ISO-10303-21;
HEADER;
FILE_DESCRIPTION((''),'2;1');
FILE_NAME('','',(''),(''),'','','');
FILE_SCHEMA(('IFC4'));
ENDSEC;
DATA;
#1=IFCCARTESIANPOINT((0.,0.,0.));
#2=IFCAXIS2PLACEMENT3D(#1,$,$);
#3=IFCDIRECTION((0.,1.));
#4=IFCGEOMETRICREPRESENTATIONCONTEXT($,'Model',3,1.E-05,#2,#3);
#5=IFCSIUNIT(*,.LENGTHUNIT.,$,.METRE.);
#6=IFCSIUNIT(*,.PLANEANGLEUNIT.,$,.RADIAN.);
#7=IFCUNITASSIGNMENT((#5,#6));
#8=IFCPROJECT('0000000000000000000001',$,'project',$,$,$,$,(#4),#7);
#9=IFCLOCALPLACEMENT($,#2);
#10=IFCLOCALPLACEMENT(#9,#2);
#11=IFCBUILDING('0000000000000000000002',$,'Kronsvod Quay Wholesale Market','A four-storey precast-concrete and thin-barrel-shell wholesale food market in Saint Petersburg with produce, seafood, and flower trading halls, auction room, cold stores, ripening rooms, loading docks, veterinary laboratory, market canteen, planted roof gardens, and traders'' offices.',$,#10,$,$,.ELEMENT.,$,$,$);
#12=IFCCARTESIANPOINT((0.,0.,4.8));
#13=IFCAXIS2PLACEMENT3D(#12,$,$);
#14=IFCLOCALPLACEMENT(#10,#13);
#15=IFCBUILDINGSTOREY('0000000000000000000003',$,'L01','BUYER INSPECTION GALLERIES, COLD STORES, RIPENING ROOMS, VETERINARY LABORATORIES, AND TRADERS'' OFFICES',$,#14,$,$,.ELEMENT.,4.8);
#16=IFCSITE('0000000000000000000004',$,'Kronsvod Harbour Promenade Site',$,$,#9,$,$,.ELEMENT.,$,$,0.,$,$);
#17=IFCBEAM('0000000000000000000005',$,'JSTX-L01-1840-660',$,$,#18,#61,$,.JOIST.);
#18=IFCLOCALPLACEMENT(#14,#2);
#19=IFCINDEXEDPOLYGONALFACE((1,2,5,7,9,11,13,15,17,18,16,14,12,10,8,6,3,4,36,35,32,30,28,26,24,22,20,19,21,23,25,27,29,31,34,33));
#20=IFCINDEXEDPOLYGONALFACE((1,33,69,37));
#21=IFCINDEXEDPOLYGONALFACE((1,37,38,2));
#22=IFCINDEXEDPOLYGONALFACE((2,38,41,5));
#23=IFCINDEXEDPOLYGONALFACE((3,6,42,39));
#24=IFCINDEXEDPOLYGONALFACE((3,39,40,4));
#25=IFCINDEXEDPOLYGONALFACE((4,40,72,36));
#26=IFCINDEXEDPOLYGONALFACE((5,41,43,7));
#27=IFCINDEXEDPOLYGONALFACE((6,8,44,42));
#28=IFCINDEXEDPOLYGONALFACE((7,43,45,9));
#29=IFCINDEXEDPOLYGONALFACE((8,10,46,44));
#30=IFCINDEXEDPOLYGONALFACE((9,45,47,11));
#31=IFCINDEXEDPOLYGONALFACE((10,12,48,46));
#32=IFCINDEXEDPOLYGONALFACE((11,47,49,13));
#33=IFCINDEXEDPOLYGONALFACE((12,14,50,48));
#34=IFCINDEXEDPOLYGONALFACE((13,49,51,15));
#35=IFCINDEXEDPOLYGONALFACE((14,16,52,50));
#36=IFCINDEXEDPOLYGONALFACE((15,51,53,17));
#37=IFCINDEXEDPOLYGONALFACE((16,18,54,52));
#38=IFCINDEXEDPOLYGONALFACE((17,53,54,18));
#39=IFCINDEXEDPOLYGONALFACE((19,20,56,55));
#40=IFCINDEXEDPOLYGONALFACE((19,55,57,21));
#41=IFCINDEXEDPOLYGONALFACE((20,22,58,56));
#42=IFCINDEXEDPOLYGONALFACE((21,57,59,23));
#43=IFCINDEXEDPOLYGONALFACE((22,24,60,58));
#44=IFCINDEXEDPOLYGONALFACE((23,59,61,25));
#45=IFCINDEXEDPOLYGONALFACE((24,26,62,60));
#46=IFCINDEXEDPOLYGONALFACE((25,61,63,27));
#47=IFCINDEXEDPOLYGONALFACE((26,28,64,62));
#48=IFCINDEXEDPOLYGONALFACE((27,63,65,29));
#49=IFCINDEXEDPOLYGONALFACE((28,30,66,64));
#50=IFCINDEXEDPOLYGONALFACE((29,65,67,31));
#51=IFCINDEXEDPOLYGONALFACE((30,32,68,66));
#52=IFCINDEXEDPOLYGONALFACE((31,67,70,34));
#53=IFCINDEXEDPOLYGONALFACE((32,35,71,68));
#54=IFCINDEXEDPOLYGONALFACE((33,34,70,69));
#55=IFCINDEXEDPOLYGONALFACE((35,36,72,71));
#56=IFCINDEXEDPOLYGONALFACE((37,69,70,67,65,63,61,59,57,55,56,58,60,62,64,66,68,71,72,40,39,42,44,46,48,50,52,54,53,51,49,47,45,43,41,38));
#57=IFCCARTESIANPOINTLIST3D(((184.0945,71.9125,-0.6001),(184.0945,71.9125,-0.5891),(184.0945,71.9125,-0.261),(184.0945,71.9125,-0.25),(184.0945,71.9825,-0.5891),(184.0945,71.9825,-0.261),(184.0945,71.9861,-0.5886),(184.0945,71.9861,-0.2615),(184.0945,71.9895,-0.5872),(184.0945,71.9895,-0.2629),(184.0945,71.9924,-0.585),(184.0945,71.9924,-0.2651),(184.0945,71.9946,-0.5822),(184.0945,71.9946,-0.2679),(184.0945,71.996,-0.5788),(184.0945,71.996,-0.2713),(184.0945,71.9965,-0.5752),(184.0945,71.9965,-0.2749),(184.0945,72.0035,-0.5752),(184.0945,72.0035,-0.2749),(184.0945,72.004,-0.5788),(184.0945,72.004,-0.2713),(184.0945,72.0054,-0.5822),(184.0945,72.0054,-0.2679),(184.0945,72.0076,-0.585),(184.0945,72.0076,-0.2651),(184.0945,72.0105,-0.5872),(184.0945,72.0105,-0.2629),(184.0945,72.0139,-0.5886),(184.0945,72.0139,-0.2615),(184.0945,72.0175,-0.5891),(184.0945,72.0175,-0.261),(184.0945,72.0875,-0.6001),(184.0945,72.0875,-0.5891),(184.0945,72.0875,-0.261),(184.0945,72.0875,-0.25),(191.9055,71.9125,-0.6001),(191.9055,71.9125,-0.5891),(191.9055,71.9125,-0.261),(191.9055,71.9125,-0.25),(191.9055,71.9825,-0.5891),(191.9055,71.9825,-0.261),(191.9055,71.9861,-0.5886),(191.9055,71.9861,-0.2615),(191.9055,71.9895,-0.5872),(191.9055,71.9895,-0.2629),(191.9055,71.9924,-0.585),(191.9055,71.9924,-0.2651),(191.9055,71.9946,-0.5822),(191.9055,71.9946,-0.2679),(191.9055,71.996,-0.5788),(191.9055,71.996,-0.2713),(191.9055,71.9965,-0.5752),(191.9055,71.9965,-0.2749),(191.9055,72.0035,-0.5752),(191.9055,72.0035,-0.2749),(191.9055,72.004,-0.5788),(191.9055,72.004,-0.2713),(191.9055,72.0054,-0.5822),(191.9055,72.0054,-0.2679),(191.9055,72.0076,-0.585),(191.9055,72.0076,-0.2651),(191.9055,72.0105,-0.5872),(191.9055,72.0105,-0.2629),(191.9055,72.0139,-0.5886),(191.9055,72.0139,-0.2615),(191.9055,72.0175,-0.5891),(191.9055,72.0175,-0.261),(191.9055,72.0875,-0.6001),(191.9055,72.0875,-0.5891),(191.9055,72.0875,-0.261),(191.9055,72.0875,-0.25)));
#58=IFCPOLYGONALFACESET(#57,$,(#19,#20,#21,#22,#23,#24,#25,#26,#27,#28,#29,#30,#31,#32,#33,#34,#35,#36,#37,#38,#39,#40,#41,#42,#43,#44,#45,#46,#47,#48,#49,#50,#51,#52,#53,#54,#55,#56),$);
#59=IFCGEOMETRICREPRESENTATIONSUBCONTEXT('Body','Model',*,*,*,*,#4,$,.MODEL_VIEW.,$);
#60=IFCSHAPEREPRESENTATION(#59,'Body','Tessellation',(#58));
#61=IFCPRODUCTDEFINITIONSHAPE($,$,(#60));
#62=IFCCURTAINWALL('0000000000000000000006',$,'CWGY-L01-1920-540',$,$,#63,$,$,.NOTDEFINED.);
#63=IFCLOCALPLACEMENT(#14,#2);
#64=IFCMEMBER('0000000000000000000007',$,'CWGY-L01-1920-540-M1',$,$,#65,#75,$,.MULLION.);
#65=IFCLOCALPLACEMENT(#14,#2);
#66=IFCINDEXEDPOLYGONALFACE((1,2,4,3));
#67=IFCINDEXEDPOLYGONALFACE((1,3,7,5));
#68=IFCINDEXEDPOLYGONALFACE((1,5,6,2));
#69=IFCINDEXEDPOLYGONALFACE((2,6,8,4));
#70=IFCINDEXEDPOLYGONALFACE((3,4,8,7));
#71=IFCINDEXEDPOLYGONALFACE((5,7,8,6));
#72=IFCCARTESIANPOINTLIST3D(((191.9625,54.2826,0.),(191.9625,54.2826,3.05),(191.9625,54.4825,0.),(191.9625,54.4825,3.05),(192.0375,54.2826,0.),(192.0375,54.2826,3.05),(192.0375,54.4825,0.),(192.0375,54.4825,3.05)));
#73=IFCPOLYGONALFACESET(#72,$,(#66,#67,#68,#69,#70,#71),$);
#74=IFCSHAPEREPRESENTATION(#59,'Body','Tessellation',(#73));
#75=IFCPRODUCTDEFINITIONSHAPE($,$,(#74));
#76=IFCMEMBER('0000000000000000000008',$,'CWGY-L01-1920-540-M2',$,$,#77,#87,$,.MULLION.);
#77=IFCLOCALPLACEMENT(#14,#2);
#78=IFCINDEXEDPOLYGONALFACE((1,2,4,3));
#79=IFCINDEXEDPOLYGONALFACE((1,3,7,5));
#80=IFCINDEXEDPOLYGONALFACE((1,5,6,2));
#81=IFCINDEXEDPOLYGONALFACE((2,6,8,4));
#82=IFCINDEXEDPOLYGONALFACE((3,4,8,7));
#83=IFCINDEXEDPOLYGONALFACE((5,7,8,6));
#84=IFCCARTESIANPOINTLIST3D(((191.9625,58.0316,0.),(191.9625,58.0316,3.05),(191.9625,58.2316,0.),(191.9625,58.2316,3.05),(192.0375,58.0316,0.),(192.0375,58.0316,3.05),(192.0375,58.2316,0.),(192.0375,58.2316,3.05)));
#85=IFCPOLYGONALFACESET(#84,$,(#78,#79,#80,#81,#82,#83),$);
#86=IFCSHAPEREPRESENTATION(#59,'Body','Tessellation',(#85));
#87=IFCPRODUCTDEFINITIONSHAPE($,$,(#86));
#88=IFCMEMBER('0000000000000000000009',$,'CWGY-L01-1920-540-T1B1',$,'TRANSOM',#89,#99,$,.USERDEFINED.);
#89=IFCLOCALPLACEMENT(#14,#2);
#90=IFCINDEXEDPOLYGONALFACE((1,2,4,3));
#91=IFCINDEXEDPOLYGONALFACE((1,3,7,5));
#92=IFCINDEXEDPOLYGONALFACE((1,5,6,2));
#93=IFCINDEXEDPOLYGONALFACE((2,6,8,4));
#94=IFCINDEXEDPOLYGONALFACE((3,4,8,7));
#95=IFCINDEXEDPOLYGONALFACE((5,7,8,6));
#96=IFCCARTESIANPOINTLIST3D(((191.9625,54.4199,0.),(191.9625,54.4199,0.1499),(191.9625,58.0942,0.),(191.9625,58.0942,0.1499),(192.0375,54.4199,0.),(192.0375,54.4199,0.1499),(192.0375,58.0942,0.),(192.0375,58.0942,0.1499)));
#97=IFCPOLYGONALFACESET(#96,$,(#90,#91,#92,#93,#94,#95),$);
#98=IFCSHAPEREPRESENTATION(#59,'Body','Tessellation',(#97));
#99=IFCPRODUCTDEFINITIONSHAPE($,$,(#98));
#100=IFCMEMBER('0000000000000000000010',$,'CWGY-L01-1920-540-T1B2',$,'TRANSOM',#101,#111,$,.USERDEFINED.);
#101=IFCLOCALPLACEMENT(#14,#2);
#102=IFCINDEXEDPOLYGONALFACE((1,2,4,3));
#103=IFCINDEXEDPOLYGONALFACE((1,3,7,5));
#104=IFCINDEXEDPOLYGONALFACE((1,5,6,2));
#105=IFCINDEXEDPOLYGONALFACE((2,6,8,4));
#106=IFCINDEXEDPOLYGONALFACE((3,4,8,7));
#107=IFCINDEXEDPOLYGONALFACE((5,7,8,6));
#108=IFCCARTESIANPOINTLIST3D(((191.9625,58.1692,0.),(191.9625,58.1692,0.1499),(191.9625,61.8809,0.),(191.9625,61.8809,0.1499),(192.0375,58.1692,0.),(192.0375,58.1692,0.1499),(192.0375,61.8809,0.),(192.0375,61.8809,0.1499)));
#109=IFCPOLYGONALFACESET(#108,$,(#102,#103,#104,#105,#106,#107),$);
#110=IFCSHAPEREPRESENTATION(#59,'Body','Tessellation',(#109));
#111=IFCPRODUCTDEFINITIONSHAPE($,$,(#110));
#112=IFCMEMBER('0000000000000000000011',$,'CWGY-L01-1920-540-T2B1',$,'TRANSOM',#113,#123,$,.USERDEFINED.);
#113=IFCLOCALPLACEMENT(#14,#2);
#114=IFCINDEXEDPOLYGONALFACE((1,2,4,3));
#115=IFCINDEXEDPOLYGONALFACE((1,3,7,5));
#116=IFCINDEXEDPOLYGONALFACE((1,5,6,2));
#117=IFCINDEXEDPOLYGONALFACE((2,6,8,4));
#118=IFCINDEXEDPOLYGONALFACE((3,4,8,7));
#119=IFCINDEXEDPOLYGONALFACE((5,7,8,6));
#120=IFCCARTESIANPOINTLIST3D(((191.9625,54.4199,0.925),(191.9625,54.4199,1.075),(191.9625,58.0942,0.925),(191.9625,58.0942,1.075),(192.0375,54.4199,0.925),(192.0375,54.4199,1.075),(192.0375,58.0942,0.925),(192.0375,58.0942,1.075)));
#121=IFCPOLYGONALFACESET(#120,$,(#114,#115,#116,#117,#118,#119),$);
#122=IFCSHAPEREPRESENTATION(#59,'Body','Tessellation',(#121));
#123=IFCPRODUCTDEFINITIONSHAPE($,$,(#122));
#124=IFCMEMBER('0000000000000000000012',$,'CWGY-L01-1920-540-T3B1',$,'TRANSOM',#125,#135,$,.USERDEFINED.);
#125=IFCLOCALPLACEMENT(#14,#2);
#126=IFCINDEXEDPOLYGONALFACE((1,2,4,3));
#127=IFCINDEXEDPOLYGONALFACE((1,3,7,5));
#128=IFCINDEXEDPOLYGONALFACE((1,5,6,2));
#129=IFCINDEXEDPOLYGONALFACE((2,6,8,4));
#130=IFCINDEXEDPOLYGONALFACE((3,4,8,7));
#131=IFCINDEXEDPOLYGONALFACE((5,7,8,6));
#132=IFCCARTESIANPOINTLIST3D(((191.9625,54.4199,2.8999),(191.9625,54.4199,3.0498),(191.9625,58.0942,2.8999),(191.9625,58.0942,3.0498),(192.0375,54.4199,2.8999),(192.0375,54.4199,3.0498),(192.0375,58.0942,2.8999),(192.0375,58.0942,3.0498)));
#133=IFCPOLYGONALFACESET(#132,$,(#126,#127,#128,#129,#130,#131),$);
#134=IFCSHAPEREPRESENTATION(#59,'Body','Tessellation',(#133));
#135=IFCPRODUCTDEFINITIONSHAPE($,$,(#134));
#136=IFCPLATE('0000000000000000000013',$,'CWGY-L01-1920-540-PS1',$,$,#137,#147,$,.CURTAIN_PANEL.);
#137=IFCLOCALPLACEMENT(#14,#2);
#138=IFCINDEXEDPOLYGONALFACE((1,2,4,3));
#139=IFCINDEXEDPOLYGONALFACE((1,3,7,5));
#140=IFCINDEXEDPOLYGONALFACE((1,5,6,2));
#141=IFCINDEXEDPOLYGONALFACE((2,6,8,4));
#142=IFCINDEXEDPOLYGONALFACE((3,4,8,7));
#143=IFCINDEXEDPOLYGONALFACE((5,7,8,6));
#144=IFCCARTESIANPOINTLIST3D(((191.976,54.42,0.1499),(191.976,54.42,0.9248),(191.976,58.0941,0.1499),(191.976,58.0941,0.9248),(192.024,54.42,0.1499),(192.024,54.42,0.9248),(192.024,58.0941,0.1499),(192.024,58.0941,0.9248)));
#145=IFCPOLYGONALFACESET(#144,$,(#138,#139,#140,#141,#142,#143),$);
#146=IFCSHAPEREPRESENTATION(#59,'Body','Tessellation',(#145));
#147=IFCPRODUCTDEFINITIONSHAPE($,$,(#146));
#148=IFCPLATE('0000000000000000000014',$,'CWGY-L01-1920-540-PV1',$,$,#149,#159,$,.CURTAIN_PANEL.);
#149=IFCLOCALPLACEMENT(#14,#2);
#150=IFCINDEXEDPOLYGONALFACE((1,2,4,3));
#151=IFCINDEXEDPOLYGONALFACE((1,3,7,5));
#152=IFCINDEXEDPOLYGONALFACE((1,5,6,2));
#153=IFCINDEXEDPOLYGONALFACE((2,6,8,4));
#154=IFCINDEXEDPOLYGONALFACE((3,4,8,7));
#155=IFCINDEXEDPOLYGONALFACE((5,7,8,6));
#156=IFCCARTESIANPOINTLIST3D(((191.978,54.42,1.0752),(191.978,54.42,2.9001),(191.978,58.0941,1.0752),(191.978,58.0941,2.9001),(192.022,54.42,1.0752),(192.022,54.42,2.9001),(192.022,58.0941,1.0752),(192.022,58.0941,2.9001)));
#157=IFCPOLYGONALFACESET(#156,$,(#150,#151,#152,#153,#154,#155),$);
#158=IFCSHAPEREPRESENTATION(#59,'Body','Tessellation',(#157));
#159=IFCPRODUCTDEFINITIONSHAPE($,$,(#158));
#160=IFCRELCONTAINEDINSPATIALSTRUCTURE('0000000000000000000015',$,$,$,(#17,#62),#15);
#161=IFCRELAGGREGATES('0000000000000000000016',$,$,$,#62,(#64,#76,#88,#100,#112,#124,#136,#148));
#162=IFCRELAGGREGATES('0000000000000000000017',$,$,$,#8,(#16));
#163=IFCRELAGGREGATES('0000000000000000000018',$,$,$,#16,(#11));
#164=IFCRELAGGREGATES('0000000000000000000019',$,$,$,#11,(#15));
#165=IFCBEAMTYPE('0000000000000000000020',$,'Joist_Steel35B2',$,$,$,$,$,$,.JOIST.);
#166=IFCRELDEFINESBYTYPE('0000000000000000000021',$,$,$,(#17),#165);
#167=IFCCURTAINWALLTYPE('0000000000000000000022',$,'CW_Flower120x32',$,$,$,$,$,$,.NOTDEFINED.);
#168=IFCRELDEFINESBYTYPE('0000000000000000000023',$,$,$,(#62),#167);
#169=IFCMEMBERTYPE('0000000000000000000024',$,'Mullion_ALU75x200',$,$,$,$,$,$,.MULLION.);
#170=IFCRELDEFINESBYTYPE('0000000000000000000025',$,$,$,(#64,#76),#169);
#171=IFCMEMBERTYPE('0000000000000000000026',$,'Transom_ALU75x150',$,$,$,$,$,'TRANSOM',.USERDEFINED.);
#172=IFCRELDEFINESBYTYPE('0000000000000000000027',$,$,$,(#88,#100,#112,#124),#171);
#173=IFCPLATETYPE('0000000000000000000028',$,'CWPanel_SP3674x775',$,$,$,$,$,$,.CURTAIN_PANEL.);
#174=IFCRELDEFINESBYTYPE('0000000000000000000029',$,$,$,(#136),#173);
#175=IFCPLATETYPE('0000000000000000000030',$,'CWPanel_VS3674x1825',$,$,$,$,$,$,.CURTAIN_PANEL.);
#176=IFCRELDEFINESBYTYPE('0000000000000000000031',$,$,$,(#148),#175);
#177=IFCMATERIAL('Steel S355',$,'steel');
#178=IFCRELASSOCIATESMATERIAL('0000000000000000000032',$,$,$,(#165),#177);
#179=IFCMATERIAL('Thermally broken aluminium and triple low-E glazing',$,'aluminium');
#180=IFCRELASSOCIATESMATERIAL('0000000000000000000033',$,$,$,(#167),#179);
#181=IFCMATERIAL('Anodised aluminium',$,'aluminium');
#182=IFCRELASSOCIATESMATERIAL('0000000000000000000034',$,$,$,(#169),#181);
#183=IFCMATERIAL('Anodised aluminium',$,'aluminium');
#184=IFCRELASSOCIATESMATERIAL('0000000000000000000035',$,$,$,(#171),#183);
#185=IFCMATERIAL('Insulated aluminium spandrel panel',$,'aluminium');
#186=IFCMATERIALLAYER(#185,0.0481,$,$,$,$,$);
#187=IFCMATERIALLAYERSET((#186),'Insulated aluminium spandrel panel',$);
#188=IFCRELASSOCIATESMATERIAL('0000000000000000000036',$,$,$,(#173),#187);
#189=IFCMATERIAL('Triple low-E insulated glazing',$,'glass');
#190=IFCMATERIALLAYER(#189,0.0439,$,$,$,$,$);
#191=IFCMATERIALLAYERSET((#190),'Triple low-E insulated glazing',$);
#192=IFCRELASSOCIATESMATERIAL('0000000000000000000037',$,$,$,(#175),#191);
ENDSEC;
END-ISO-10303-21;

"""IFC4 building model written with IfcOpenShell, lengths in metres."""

from ifc_helpers import new_model, si_unit, direction, frame, origin, origin_2d, place, context, subcontext, project, spatial, rectangle, i_section, extrude, material, layer, layer_set, material_profile, profile_set, type_object, element, aggregate, save


model = new_model("IFC4")

# Units and contexts
model_context = context("Model", 3, precision=1e-05, world=origin(), true_north=direction((0.0, 1.0)))
body_context = subcontext(model_context, "Body", "Model", "MODEL_VIEW")
ifc_project = project(units=[si_unit("LENGTHUNIT", "METRE"), si_unit("PLANEANGLEUNIT", "RADIAN")], contexts=[model_context])

# Site, building, storey
site_placement = place(None, origin())
site = spatial("IfcSite", under=ifc_project, at=site_placement, Name="Kronsvod Harbour Promenade Site", CompositionType="ELEMENT", RefElevation=0.0)
building_placement = place(site_placement, origin())
building = spatial("IfcBuilding", under=site, at=building_placement, Name="Kronsvod Quay Wholesale Market", Description="A four-storey precast-concrete and thin-barrel-shell wholesale food market in Saint Petersburg with produce, seafood, and flower trading halls, auction room, cold stores, ripening rooms, loading docks, veterinary laboratory, market canteen, planted roof gardens, and traders' offices.", CompositionType="ELEMENT")
storey_placement = place(building_placement, frame((0.0, 0.0, 4.8)))
storey = spatial("IfcBuildingStorey", under=building, at=storey_placement, Name="L01", Description="BUYER INSPECTION GALLERIES, COLD STORES, RIPENING ROOMS, VETERINARY LABORATORIES, AND TRADERS' OFFICES", CompositionType="ELEMENT", Elevation=4.8)

# Beam
ifc_material_1 = material(Name="Steel S355", Category="steel")
ifc_material_profile_1 = material_profile(ifc_material_1, i_section(OverallWidth=0.175, OverallDepth=0.3501, WebThickness=0.0071, FlangeThickness=0.011, FilletRadius=0.0139, at=origin_2d()), Name="35B2")
ifc_profile_set_1 = profile_set([ifc_material_profile_1], Name="Steel S355")
beam_type_1 = type_object("IfcBeamType", Name="Joist_Steel35B2", PredefinedType="JOIST", material=ifc_profile_set_1)
for number, where, z_axis, x_axis, name in (
    (1, (184.0945, 72.0, -0.425), (1.0, 0.0, 0.0), (0.0, 1.0, 0.0), "JSTX-L01-1840-660"),
):
    element("IfcBeam", number, at=place(storey_placement, frame(where, z_axis=z_axis, x_axis=x_axis)), inside=storey, type_object=beam_type_1, Name=name, PredefinedType="JOIST", context=body_context, shape_type="SweptSolid", body=[
        extrude(i_section(OverallWidth=0.175, OverallDepth=0.3501, WebThickness=0.0071, FlangeThickness=0.011, FilletRadius=0.0139, at=origin_2d()), origin(), (0.0, 0.0, 1.0), 7.811),
    ])

# Curtain wall, members, plates
ifc_material_2 = material(Name="Thermally broken aluminium and triple low-E glazing", Category="aluminium")
curtain_wall_type = type_object("IfcCurtainWallType", Name="CW_Flower120x32", PredefinedType="NOTDEFINED", material=ifc_material_2)
curtain_wall_placement = place(storey_placement, origin())
curtain_wall = element("IfcCurtainWall", 2, at=curtain_wall_placement, inside=storey, type_object=curtain_wall_type, Name="CWGY-L01-1920-540", PredefinedType="NOTDEFINED")
ifc_material_3 = material(Name="Anodised aluminium", Category="aluminium")
ifc_material_profile_2 = material_profile(ifc_material_3, rectangle(XDim=0.075, YDim=0.2, at=origin_2d()), Name="ALUM75x200")
ifc_profile_set_2 = profile_set([ifc_material_profile_2], Name="Anodised aluminium")
member_type_1 = type_object("IfcMemberType", Name="Mullion_ALU75x200", PredefinedType="MULLION", material=ifc_profile_set_2)
member_1_placement = place(storey_placement, frame((192.0, 54.3826, 0.0), z_axis=(0.0, 0.0, 1.0), x_axis=(1.0, 0.0, 0.0)))
member_1 = element("IfcMember", 3, at=member_1_placement, type_object=member_type_1, Name="CWGY-L01-1920-540-M1", PredefinedType="MULLION", context=body_context, shape_type="SweptSolid", body=[
    extrude(rectangle(XDim=0.075, YDim=0.2, at=origin_2d()), origin(), (0.0, 0.0, 1.0), 3.05),
])
member_2_placement = place(storey_placement, frame((192.0, 58.1316, 0.0), z_axis=(0.0, 0.0, 1.0), x_axis=(1.0, 0.0, 0.0)))
member_2 = element("IfcMember", 4, at=member_2_placement, type_object=member_type_1, Name="CWGY-L01-1920-540-M2", PredefinedType="MULLION", context=body_context, shape_type="SweptSolid", body=[
    extrude(rectangle(XDim=0.075, YDim=0.2, at=origin_2d()), origin(), (0.0, 0.0, 1.0), 3.05),
])
ifc_material_4 = material(Name="Anodised aluminium", Category="aluminium")
ifc_material_profile_3 = material_profile(ifc_material_4, rectangle(XDim=0.075, YDim=0.1499, at=origin_2d()), Name="ALUT75x150")
ifc_profile_set_3 = profile_set([ifc_material_profile_3], Name="Anodised aluminium")
member_type_2 = type_object("IfcMemberType", Name="Transom_ALU75x150", ElementType="TRANSOM", PredefinedType="USERDEFINED", material=ifc_profile_set_3)
member_3_placement = place(storey_placement, frame((192.0, 54.4199, 0.075), z_axis=(0.0, 1.0, 0.0), x_axis=(-1.0, 0.0, 0.0)))
member_3 = element("IfcMember", 5, at=member_3_placement, type_object=member_type_2, Name="CWGY-L01-1920-540-T1B1", ObjectType="TRANSOM", PredefinedType="USERDEFINED", context=body_context, shape_type="SweptSolid", body=[
    extrude(rectangle(XDim=0.075, YDim=0.1499, at=origin_2d()), origin(), (0.0, 0.0, 1.0), 3.6743),
])
member_4_placement = place(storey_placement, frame((192.0, 58.1692, 0.075), z_axis=(0.0, 1.0, 0.0), x_axis=(-1.0, 0.0, 0.0)))
member_4 = element("IfcMember", 6, at=member_4_placement, type_object=member_type_2, Name="CWGY-L01-1920-540-T1B2", ObjectType="TRANSOM", PredefinedType="USERDEFINED", context=body_context, shape_type="SweptSolid", body=[
    extrude(rectangle(XDim=0.075, YDim=0.1499, at=origin_2d()), origin(), (0.0, 0.0, 1.0), 3.7117),
])
member_5_placement = place(storey_placement, frame((192.0, 54.4199, 1.0), z_axis=(0.0, 1.0, 0.0), x_axis=(-1.0, 0.0, 0.0)))
member_5 = element("IfcMember", 7, at=member_5_placement, type_object=member_type_2, Name="CWGY-L01-1920-540-T2B1", ObjectType="TRANSOM", PredefinedType="USERDEFINED", context=body_context, shape_type="SweptSolid", body=[
    extrude(rectangle(XDim=0.075, YDim=0.1499, at=origin_2d()), origin(), (0.0, 0.0, 1.0), 3.6743),
])
member_6_placement = place(storey_placement, frame((192.0, 54.4199, 2.9749), z_axis=(0.0, 1.0, 0.0), x_axis=(-1.0, 0.0, 0.0)))
member_6 = element("IfcMember", 8, at=member_6_placement, type_object=member_type_2, Name="CWGY-L01-1920-540-T3B1", ObjectType="TRANSOM", PredefinedType="USERDEFINED", context=body_context, shape_type="SweptSolid", body=[
    extrude(rectangle(XDim=0.075, YDim=0.1499, at=origin_2d()), origin(), (0.0, 0.0, 1.0), 3.6743),
])
ifc_material_5 = material(Name="Insulated aluminium spandrel panel", Category="aluminium")
ifc_layer_1 = layer(ifc_material_5, 0.0481)
ifc_layer_set_1 = layer_set([ifc_layer_1], Name="Insulated aluminium spandrel panel")
plate_type_1 = type_object("IfcPlateType", Name="CWPanel_SP3674x775", PredefinedType="CURTAIN_PANEL", material=ifc_layer_set_1)
plate_1_placement = place(storey_placement, frame((192.0, 56.2571, 0.1499), z_axis=(0.0, 0.0, 1.0), x_axis=(0.0, 1.0, 0.0)))
plate_1 = element("IfcPlate", 9, at=plate_1_placement, type_object=plate_type_1, Name="CWGY-L01-1920-540-PS1", PredefinedType="CURTAIN_PANEL", context=body_context, shape_type="SweptSolid", body=[
    extrude(rectangle(XDim=3.6741, YDim=0.0481, at=origin_2d()), origin(), (0.0, 0.0, 1.0), 0.7749),
])
ifc_material_6 = material(Name="Triple low-E insulated glazing", Category="glass")
ifc_layer_2 = layer(ifc_material_6, 0.0439)
ifc_layer_set_2 = layer_set([ifc_layer_2], Name="Triple low-E insulated glazing")
plate_type_2 = type_object("IfcPlateType", Name="CWPanel_VS3674x1825", PredefinedType="CURTAIN_PANEL", material=ifc_layer_set_2)
plate_2_placement = place(storey_placement, frame((192.0, 56.2571, 1.0752), z_axis=(0.0, 0.0, 1.0), x_axis=(0.0, 1.0, 0.0)))
plate_2 = element("IfcPlate", 10, at=plate_2_placement, type_object=plate_type_2, Name="CWGY-L01-1920-540-PV1", PredefinedType="CURTAIN_PANEL", context=body_context, shape_type="SweptSolid", body=[
    extrude(rectangle(XDim=3.6741, YDim=0.0439, at=origin_2d()), origin(), (0.0, 0.0, 1.0), 1.825),
])
aggregate(curtain_wall, [member_1, member_2, member_3, member_4, member_5, member_6, plate_1, plate_2])

save(model, "model.ifc")
